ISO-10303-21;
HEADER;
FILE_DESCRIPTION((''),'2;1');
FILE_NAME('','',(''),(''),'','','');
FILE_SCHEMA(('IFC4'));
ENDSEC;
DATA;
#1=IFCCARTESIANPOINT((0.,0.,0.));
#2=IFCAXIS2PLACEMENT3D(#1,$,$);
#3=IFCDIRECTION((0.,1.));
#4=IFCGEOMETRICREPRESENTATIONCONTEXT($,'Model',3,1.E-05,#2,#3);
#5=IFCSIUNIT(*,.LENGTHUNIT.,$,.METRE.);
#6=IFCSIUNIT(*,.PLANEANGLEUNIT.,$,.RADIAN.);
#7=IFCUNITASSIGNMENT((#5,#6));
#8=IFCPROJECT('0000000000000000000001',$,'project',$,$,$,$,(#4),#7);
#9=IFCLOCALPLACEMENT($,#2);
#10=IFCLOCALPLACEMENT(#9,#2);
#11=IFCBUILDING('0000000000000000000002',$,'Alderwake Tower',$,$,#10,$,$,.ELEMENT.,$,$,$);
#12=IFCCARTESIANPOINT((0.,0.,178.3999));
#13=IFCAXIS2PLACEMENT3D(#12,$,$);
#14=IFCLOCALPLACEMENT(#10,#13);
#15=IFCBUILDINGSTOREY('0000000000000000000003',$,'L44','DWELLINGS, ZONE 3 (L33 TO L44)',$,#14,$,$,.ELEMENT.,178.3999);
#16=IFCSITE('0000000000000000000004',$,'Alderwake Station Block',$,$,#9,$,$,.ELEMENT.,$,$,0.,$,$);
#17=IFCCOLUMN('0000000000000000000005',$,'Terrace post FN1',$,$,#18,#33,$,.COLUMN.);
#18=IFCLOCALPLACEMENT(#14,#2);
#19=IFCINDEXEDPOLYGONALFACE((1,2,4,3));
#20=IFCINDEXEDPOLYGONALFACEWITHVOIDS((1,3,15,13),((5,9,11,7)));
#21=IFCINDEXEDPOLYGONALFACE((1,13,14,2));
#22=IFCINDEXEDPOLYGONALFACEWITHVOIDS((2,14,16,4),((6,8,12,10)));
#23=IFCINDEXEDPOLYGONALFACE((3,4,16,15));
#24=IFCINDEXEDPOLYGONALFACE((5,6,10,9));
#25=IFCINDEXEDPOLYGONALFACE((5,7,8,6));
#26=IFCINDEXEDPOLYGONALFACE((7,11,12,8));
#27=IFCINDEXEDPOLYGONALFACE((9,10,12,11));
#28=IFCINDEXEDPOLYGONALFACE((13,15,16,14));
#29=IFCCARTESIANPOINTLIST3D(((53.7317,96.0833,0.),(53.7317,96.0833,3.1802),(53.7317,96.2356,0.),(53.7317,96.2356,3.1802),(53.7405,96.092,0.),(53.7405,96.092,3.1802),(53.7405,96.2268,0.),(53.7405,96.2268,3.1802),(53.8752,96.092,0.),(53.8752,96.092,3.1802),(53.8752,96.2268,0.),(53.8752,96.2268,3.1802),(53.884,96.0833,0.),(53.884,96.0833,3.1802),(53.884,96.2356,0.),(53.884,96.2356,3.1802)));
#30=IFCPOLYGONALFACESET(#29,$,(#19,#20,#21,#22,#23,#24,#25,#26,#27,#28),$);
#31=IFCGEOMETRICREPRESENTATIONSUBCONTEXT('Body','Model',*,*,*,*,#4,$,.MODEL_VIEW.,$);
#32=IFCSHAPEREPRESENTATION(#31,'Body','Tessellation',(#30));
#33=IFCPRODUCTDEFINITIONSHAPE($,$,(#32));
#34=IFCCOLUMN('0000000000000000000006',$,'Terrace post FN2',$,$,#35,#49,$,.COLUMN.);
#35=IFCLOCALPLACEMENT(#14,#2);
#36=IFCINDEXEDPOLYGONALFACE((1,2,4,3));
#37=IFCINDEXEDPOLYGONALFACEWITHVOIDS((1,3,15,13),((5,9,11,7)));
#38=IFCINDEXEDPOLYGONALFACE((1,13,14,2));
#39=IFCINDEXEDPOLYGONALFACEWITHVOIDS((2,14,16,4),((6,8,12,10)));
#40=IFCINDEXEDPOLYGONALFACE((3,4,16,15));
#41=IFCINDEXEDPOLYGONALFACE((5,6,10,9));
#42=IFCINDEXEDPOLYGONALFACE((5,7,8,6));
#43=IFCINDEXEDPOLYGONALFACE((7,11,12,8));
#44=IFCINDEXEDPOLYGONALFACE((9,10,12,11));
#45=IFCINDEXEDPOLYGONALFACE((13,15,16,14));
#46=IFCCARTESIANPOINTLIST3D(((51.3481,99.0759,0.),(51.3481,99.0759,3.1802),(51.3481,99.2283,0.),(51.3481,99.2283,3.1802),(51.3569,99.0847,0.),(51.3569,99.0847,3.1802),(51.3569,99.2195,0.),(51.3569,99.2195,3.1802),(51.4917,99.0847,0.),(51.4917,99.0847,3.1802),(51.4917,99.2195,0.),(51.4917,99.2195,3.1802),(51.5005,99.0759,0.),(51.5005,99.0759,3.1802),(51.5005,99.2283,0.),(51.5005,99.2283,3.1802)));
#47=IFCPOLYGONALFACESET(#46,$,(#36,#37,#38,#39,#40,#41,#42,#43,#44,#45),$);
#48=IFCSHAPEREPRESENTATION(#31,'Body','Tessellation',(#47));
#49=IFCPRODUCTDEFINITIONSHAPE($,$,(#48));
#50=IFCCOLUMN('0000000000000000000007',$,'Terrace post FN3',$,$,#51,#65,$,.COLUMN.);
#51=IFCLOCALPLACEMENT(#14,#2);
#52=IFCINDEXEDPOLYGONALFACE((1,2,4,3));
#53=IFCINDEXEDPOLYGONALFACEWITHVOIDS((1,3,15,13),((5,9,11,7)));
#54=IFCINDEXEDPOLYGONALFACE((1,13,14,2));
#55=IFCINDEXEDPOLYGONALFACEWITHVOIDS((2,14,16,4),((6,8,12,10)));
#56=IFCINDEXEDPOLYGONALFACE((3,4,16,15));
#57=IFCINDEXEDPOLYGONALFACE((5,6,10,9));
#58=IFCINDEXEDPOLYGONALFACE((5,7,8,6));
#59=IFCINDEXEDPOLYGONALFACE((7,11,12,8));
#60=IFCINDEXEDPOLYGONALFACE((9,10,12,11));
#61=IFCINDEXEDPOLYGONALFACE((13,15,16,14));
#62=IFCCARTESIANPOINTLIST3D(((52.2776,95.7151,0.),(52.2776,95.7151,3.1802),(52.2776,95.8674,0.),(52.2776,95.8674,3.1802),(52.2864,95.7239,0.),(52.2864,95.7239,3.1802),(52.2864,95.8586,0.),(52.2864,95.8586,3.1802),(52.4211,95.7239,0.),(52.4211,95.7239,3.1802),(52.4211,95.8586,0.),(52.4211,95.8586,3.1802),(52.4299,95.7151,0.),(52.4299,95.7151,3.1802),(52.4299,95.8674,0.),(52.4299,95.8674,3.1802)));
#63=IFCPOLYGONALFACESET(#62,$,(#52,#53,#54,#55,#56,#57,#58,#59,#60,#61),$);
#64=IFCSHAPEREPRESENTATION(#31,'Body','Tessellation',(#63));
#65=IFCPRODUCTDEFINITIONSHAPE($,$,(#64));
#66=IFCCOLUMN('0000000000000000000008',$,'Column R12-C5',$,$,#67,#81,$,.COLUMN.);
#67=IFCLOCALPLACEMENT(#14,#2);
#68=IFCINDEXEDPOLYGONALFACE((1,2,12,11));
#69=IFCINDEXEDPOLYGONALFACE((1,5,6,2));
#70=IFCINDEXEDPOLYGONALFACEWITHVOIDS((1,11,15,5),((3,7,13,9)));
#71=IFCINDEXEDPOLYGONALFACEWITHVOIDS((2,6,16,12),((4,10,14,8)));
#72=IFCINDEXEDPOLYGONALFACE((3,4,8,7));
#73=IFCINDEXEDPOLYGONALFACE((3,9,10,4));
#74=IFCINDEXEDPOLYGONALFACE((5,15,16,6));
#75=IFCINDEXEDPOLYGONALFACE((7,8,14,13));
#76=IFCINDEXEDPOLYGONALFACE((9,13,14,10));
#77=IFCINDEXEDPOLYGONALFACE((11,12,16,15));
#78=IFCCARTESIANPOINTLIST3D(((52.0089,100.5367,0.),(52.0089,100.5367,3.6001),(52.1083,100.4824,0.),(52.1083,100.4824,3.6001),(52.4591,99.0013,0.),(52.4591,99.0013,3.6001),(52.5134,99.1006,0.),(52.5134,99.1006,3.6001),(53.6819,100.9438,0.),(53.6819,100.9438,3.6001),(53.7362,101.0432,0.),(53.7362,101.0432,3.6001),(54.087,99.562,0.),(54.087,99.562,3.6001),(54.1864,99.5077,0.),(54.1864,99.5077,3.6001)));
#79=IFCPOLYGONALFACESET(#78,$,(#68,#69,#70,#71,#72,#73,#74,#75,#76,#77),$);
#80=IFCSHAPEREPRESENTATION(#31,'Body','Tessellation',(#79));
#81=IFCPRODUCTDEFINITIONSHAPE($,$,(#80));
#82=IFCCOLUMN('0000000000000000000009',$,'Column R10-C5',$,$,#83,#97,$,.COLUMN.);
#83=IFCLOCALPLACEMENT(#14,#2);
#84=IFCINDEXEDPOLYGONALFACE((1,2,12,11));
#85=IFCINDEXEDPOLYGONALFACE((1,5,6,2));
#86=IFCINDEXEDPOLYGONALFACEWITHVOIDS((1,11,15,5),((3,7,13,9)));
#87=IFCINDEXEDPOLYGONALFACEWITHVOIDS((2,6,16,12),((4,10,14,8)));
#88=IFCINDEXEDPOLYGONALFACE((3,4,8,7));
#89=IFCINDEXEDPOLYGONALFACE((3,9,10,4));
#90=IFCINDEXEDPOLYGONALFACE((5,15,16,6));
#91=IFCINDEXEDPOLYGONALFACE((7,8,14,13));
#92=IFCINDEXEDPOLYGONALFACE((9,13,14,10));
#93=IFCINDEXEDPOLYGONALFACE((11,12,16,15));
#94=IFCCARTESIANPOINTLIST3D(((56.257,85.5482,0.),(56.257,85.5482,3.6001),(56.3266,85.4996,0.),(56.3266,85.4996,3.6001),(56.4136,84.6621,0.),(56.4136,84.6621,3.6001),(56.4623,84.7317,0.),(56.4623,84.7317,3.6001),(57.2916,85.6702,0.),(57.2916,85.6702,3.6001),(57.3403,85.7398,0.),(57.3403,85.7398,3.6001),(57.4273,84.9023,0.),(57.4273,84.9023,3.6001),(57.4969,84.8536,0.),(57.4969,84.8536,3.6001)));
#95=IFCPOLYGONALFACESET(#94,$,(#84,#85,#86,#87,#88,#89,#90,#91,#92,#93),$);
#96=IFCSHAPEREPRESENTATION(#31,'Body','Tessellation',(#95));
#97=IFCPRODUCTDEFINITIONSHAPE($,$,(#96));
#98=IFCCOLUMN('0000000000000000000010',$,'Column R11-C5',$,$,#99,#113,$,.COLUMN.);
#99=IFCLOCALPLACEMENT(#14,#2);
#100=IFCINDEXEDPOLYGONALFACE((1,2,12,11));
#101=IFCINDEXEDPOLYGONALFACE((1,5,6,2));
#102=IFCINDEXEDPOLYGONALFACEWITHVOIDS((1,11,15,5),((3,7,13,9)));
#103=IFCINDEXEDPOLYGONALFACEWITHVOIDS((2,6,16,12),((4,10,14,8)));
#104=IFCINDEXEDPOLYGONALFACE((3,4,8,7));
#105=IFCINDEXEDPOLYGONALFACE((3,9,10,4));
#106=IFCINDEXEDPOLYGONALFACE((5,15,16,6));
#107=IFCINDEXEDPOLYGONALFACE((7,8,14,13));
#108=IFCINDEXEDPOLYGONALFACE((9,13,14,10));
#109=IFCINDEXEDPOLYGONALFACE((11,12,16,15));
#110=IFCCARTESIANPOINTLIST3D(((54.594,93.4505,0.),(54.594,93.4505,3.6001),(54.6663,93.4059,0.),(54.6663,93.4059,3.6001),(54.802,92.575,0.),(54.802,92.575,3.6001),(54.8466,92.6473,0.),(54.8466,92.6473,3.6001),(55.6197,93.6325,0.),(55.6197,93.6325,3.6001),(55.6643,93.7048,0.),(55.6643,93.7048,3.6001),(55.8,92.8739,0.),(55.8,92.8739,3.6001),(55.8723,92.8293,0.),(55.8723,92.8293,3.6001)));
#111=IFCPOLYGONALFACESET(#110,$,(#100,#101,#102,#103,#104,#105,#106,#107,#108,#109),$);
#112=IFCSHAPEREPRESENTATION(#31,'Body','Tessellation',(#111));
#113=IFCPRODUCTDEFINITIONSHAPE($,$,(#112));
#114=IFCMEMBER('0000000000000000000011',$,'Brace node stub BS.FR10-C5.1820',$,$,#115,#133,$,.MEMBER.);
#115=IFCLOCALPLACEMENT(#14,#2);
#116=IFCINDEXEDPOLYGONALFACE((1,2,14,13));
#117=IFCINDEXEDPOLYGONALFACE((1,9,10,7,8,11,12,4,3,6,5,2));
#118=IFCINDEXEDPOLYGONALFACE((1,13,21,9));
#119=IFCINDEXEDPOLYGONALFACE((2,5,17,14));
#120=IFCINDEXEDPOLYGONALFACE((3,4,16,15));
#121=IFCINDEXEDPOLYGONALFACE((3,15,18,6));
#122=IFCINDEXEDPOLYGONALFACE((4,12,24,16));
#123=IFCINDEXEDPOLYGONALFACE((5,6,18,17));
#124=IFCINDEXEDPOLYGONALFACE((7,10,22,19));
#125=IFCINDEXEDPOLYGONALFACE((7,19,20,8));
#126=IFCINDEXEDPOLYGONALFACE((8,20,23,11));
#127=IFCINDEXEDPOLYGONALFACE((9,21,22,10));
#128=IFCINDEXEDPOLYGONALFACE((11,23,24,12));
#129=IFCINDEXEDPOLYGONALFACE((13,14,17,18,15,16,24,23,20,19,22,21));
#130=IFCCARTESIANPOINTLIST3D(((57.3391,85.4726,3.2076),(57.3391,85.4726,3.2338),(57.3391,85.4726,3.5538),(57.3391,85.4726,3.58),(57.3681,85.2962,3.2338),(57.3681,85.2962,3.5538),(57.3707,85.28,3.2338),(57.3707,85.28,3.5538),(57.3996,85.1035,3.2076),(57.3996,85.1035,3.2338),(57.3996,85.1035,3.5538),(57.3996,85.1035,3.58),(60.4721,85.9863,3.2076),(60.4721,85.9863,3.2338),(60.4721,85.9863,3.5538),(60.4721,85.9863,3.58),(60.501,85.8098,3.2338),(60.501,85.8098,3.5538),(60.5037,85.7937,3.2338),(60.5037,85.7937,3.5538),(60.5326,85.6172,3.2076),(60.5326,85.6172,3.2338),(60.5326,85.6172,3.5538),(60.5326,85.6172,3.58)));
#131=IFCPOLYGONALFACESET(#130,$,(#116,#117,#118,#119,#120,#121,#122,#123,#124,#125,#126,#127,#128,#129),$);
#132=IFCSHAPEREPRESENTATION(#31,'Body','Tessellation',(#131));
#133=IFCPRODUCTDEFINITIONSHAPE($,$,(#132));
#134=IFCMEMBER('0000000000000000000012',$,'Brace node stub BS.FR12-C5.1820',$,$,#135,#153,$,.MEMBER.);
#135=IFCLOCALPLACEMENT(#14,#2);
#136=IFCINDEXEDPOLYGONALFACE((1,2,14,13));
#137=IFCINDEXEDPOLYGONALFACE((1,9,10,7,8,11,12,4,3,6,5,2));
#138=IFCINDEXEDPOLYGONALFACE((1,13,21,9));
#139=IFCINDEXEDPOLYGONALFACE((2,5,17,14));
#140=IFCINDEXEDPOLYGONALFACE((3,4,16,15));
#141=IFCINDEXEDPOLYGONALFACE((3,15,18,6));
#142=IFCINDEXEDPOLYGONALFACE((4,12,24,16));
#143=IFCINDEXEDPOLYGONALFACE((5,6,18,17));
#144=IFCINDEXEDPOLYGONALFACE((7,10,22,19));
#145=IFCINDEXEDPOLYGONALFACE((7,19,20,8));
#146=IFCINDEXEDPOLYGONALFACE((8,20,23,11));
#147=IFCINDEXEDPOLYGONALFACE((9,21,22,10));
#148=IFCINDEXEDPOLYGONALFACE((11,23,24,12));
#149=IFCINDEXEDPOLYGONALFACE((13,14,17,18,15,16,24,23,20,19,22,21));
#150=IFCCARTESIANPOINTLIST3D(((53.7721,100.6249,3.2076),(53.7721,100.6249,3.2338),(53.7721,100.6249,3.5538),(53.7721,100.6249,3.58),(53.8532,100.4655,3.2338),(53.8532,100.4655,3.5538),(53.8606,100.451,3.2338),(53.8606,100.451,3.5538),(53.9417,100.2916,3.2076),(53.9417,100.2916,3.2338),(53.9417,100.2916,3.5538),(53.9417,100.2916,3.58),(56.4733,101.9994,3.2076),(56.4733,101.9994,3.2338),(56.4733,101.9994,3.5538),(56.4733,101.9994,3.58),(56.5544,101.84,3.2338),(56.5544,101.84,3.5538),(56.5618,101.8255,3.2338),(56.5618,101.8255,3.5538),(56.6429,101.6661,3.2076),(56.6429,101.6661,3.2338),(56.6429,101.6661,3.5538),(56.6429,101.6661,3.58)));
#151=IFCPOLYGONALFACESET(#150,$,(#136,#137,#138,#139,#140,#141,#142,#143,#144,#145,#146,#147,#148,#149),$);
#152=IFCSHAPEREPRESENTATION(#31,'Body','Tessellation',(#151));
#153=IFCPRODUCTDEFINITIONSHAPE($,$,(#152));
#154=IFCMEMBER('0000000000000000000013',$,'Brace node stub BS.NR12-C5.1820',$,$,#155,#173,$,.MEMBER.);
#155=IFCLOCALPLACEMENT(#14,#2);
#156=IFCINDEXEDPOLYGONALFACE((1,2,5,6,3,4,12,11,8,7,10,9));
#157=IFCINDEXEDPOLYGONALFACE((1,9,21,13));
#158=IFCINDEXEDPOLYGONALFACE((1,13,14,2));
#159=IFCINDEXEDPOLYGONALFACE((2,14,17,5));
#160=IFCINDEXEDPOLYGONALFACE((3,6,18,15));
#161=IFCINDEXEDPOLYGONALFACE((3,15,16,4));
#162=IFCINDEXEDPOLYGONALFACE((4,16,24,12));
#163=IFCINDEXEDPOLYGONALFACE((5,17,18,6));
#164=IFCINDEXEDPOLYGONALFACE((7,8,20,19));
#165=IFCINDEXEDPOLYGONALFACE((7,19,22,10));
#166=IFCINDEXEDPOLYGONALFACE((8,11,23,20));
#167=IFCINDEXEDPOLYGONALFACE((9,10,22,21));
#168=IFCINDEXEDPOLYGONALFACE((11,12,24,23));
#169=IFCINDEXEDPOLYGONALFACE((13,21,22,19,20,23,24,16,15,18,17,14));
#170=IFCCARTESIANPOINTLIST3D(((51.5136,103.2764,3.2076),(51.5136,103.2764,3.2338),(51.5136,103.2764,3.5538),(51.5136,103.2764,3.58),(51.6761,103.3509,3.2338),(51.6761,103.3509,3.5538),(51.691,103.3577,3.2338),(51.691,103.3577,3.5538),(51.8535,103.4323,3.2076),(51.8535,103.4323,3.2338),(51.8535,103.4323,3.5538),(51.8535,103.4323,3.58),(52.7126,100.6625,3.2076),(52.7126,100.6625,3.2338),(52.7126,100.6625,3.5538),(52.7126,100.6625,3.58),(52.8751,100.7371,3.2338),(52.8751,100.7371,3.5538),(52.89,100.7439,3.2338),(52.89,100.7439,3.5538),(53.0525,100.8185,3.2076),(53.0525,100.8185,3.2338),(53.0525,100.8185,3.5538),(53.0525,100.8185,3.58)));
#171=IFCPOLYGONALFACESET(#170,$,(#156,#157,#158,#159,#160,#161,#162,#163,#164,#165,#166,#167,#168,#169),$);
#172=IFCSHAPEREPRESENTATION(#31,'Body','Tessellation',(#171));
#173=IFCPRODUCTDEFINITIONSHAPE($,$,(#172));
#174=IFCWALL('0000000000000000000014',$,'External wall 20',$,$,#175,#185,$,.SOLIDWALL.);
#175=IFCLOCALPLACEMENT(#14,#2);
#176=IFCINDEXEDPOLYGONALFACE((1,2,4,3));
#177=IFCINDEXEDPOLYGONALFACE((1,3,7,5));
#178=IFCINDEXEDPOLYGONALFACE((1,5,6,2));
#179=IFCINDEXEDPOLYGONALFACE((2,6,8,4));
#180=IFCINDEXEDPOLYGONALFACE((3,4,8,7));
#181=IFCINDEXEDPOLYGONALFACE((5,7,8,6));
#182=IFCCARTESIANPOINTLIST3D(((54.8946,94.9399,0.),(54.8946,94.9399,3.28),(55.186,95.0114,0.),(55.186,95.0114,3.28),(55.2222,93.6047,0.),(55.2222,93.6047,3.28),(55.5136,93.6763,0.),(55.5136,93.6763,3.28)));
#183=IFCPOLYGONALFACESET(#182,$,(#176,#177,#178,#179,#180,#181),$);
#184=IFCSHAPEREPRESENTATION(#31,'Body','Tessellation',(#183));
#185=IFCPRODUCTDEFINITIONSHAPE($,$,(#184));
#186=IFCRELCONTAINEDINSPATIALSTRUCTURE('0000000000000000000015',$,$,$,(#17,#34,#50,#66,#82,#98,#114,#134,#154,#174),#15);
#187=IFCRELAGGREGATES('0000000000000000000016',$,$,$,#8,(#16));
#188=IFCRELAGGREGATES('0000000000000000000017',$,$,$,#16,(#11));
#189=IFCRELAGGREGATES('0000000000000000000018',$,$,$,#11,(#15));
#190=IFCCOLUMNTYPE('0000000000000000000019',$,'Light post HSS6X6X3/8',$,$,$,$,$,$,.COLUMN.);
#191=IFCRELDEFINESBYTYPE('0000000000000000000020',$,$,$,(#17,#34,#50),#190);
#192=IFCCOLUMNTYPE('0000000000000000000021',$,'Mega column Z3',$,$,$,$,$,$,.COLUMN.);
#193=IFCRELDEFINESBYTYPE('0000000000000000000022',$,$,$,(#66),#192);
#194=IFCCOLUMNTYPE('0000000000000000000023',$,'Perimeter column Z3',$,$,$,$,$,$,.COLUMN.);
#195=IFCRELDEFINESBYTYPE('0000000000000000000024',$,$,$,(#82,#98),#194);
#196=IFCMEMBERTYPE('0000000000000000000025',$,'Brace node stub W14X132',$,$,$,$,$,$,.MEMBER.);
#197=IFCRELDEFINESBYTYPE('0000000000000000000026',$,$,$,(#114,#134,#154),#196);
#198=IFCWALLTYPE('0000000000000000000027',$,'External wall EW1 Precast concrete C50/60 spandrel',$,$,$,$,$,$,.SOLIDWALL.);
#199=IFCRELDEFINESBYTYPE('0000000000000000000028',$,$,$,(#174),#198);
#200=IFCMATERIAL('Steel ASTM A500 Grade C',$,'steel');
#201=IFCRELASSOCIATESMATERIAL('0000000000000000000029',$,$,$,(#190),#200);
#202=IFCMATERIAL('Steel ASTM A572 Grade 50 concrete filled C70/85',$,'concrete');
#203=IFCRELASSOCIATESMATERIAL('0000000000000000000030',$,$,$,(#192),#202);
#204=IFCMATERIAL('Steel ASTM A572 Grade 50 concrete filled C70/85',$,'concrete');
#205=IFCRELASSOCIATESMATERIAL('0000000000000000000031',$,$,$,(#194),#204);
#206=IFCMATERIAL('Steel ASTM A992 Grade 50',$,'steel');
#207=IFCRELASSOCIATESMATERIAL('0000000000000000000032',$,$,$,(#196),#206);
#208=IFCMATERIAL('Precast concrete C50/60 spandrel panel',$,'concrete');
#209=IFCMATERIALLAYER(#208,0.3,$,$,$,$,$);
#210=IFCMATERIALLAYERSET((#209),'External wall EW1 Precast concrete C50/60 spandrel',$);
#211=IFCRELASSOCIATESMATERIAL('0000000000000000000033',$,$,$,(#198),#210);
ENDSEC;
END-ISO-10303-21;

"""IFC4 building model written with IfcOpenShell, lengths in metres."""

from ifc_helpers import new_model, si_unit, direction, frame, frame_2d, origin, origin_2d, place, context, subcontext, project, spatial, rectangle, hollow_rectangle, i_section, extrude, material, layer, layer_set, material_profile, profile_set, type_object, element, save


model = new_model("IFC4")

# Units and contexts
model_context = context("Model", 3, precision=1e-05, world=origin(), true_north=direction((0.0, 1.0)))
body_context = subcontext(model_context, "Body", "Model", "MODEL_VIEW")
ifc_project = project(units=[si_unit("LENGTHUNIT", "METRE"), si_unit("PLANEANGLEUNIT", "RADIAN")], contexts=[model_context])

# Site, building, storey
site_placement = place(None, origin())
site = spatial("IfcSite", under=ifc_project, at=site_placement, Name="Alderwake Station Block", CompositionType="ELEMENT", RefElevation=0.0)
building_placement = place(site_placement, origin())
building = spatial("IfcBuilding", under=site, at=building_placement, Name="Alderwake Tower", CompositionType="ELEMENT")
storey_placement = place(building_placement, frame((0.0, 0.0, 178.3999)))
storey = spatial("IfcBuildingStorey", under=building, at=storey_placement, Name="L44", Description="DWELLINGS, ZONE 3 (L33 TO L44)", CompositionType="ELEMENT", Elevation=178.3999)

# Columns
ifc_material_1 = material(Name="Steel ASTM A500 Grade C", Category="steel")
ifc_material_profile_1 = material_profile(ifc_material_1, hollow_rectangle(XDim=0.1523, YDim=0.1523, WallThickness=0.0088, at=origin_2d()), Name="HSS6X6X3/8")
ifc_profile_set_1 = profile_set([ifc_material_profile_1], Name="Steel ASTM A500 Grade C")
column_type_1 = type_object("IfcColumnType", Name="Light post HSS6X6X3/8", PredefinedType="COLUMN", material=ifc_profile_set_1)
for number, where, z_axis, x_axis, name in (
    (1, (53.8079, 96.1594, 0.0), (0.0, 0.0, 1.0), (1.0, 0.0, 0.0), "Terrace post FN1"),
    (2, (51.4243, 99.1521, 0.0), (0.0, 0.0, 1.0), (1.0, 0.0, 0.0), "Terrace post FN2"),
    (3, (52.3538, 95.7913, 0.0), (0.0, 0.0, 1.0), (1.0, 0.0, 0.0), "Terrace post FN3"),
):
    element("IfcColumn", number, at=place(storey_placement, frame(where, z_axis=z_axis, x_axis=x_axis)), inside=storey, type_object=column_type_1, Name=name, PredefinedType="COLUMN", context=body_context, shape_type="SweptSolid", body=[
        extrude(hollow_rectangle(XDim=0.1523, YDim=0.1523, WallThickness=0.0088, at=origin_2d()), origin(), (0.0, 0.0, 1.0), 3.1802),
    ])
ifc_material_2 = material(Name="Steel ASTM A572 Grade 50 concrete filled C70/85", Category="concrete")
ifc_material_profile_2 = material_profile(ifc_material_2, hollow_rectangle(XDim=1.6001, YDim=1.8, WallThickness=0.0801, at=origin_2d()), Name="BOX 1800X1600X80")
ifc_profile_set_2 = profile_set([ifc_material_profile_2], Name="Steel ASTM A572 Grade 50 concrete filled C70/85")
column_type_2 = type_object("IfcColumnType", Name="Mega column Z3", PredefinedType="COLUMN", material=ifc_profile_set_2)
column_placement = place(storey_placement, frame((53.0977, 100.0222, 0.0), z_axis=(0.0, 0.0, 1.0), x_axis=(-0.281342, 0.959608, 0.0)))
element("IfcColumn", 4, at=column_placement, inside=storey, type_object=column_type_2, Name="Column R12-C5", PredefinedType="COLUMN", context=body_context, shape_type="SweptSolid", body=[
    extrude(hollow_rectangle(XDim=1.6001, YDim=1.8, WallThickness=0.0801, at=origin_2d()), origin(), (0.0, 0.0, 1.0), 3.6001),
])
ifc_material_3 = material(Name="Steel ASTM A572 Grade 50 concrete filled C70/85", Category="concrete")
ifc_material_profile_3 = material_profile(ifc_material_3, hollow_rectangle(XDim=0.8999, YDim=1.1001, WallThickness=0.0601, at=origin_2d()), Name="BOX 1100X900X60")
ifc_profile_set_3 = profile_set([ifc_material_profile_3], Name="Steel ASTM A572 Grade 50 concrete filled C70/85")
column_type_3 = type_object("IfcColumnType", Name="Perimeter column Z3", PredefinedType="COLUMN", material=ifc_profile_set_3)
for number, where, z_axis, x_axis, name in (
    (5, (56.877, 85.2009, 0.0), (0.0, 0.0, 1.0), (-0.174107, 0.984727, 0.0), "Column R10-C5"),
    (6, (55.2332, 93.1399, 0.0), (0.0, 0.0, 1.0), (-0.231222, 0.972901, 0.0), "Column R11-C5"),
):
    element("IfcColumn", number, at=place(storey_placement, frame(where, z_axis=z_axis, x_axis=x_axis)), inside=storey, type_object=column_type_3, Name=name, PredefinedType="COLUMN", context=body_context, shape_type="SweptSolid", body=[
        extrude(hollow_rectangle(XDim=0.8999, YDim=1.1001, WallThickness=0.0601, at=origin_2d()), origin(), (0.0, 0.0, 1.0), 3.6001),
    ])

# Members
ifc_material_4 = material(Name="Steel ASTM A992 Grade 50", Category="steel")
ifc_material_profile_4 = material_profile(ifc_material_4, i_section(OverallWidth=0.374, OverallDepth=0.3723, WebThickness=0.0164, FlangeThickness=0.0261, at=origin_2d()), Name="W14X132")
ifc_profile_set_4 = profile_set([ifc_material_profile_4], Name="Steel ASTM A992 Grade 50")
member_type = type_object("IfcMemberType", Name="Brace node stub W14X132", PredefinedType="MEMBER", material=ifc_profile_set_4)
member_1_placement = place(storey_placement, frame((57.3694, 85.2881, 3.3938), z_axis=(0.986825, 0.161792, 0.0), x_axis=(-0.161792, 0.986825, 0.0)))
element("IfcMember", 7, at=member_1_placement, inside=storey, type_object=member_type, Name="Brace node stub BS.FR10-C5.1820", PredefinedType="MEMBER", context=body_context, shape_type="SweptSolid", body=[
    extrude(i_section(OverallWidth=0.374, OverallDepth=0.3723, WebThickness=0.0164, FlangeThickness=0.0261, at=origin_2d()), origin(), (0.0, 0.0, 1.0), 3.1748),
])
member_2_placement = place(storey_placement, frame((53.8569, 100.4583, 3.3938), z_axis=(0.891247, 0.453518, 0.0), x_axis=(-0.453518, 0.891247, 0.0)))
element("IfcMember", 8, at=member_2_placement, inside=storey, type_object=member_type, Name="Brace node stub BS.FR12-C5.1820", PredefinedType="MEMBER", context=body_context, shape_type="SweptSolid", body=[
    extrude(i_section(OverallWidth=0.374, OverallDepth=0.3723, WebThickness=0.0164, FlangeThickness=0.0261, at=origin_2d()), origin(), (0.0, 0.0, 1.0), 3.0308),
])
member_3_placement = place(storey_placement, frame((52.8826, 100.7405, 3.3938), z_axis=(-0.416941, 0.908933, 0.0), x_axis=(-0.908933, -0.416941, 0.0)))
element("IfcMember", 9, at=member_3_placement, inside=storey, type_object=member_type, Name="Brace node stub BS.NR12-C5.1820", PredefinedType="MEMBER", context=body_context, shape_type="SweptSolid", body=[
    extrude(i_section(OverallWidth=0.374, OverallDepth=0.3723, WebThickness=0.0164, FlangeThickness=0.0261, at=origin_2d()), origin(), (0.0, 0.0, 1.0), 2.8757),
])

# Shared definitions
ifc_material_5 = material(Name="Precast concrete C50/60 spandrel panel", Category="concrete")
ifc_layer_1 = layer(ifc_material_5, 0.3)
ifc_layer_set_1 = layer_set([ifc_layer_1], Name="External wall EW1 Precast concrete C50/60 spandrel")
wall_type_1 = type_object("IfcWallType", Name="External wall EW1 Precast concrete C50/60 spandrel", PredefinedType="SOLIDWALL", material=ifc_layer_set_1)

# Wall
wall_1_placement = place(storey_placement, frame((55.3679, 93.6404, 0.0), z_axis=(0.0, 0.0, 1.0), x_axis=(-0.238313, 0.971188, 0.0)))
element("IfcWall", 10, at=wall_1_placement, inside=storey, type_object=wall_type_1, Name="External wall 20", PredefinedType="SOLIDWALL", context=body_context, shape_type="SweptSolid", body=[
    extrude(rectangle(XDim=1.3748, YDim=0.3, at=frame_2d((0.6875, 0.0))), origin(), (0.0, 0.0, 1.0), 3.28),
])

save(model, "model.ifc")
